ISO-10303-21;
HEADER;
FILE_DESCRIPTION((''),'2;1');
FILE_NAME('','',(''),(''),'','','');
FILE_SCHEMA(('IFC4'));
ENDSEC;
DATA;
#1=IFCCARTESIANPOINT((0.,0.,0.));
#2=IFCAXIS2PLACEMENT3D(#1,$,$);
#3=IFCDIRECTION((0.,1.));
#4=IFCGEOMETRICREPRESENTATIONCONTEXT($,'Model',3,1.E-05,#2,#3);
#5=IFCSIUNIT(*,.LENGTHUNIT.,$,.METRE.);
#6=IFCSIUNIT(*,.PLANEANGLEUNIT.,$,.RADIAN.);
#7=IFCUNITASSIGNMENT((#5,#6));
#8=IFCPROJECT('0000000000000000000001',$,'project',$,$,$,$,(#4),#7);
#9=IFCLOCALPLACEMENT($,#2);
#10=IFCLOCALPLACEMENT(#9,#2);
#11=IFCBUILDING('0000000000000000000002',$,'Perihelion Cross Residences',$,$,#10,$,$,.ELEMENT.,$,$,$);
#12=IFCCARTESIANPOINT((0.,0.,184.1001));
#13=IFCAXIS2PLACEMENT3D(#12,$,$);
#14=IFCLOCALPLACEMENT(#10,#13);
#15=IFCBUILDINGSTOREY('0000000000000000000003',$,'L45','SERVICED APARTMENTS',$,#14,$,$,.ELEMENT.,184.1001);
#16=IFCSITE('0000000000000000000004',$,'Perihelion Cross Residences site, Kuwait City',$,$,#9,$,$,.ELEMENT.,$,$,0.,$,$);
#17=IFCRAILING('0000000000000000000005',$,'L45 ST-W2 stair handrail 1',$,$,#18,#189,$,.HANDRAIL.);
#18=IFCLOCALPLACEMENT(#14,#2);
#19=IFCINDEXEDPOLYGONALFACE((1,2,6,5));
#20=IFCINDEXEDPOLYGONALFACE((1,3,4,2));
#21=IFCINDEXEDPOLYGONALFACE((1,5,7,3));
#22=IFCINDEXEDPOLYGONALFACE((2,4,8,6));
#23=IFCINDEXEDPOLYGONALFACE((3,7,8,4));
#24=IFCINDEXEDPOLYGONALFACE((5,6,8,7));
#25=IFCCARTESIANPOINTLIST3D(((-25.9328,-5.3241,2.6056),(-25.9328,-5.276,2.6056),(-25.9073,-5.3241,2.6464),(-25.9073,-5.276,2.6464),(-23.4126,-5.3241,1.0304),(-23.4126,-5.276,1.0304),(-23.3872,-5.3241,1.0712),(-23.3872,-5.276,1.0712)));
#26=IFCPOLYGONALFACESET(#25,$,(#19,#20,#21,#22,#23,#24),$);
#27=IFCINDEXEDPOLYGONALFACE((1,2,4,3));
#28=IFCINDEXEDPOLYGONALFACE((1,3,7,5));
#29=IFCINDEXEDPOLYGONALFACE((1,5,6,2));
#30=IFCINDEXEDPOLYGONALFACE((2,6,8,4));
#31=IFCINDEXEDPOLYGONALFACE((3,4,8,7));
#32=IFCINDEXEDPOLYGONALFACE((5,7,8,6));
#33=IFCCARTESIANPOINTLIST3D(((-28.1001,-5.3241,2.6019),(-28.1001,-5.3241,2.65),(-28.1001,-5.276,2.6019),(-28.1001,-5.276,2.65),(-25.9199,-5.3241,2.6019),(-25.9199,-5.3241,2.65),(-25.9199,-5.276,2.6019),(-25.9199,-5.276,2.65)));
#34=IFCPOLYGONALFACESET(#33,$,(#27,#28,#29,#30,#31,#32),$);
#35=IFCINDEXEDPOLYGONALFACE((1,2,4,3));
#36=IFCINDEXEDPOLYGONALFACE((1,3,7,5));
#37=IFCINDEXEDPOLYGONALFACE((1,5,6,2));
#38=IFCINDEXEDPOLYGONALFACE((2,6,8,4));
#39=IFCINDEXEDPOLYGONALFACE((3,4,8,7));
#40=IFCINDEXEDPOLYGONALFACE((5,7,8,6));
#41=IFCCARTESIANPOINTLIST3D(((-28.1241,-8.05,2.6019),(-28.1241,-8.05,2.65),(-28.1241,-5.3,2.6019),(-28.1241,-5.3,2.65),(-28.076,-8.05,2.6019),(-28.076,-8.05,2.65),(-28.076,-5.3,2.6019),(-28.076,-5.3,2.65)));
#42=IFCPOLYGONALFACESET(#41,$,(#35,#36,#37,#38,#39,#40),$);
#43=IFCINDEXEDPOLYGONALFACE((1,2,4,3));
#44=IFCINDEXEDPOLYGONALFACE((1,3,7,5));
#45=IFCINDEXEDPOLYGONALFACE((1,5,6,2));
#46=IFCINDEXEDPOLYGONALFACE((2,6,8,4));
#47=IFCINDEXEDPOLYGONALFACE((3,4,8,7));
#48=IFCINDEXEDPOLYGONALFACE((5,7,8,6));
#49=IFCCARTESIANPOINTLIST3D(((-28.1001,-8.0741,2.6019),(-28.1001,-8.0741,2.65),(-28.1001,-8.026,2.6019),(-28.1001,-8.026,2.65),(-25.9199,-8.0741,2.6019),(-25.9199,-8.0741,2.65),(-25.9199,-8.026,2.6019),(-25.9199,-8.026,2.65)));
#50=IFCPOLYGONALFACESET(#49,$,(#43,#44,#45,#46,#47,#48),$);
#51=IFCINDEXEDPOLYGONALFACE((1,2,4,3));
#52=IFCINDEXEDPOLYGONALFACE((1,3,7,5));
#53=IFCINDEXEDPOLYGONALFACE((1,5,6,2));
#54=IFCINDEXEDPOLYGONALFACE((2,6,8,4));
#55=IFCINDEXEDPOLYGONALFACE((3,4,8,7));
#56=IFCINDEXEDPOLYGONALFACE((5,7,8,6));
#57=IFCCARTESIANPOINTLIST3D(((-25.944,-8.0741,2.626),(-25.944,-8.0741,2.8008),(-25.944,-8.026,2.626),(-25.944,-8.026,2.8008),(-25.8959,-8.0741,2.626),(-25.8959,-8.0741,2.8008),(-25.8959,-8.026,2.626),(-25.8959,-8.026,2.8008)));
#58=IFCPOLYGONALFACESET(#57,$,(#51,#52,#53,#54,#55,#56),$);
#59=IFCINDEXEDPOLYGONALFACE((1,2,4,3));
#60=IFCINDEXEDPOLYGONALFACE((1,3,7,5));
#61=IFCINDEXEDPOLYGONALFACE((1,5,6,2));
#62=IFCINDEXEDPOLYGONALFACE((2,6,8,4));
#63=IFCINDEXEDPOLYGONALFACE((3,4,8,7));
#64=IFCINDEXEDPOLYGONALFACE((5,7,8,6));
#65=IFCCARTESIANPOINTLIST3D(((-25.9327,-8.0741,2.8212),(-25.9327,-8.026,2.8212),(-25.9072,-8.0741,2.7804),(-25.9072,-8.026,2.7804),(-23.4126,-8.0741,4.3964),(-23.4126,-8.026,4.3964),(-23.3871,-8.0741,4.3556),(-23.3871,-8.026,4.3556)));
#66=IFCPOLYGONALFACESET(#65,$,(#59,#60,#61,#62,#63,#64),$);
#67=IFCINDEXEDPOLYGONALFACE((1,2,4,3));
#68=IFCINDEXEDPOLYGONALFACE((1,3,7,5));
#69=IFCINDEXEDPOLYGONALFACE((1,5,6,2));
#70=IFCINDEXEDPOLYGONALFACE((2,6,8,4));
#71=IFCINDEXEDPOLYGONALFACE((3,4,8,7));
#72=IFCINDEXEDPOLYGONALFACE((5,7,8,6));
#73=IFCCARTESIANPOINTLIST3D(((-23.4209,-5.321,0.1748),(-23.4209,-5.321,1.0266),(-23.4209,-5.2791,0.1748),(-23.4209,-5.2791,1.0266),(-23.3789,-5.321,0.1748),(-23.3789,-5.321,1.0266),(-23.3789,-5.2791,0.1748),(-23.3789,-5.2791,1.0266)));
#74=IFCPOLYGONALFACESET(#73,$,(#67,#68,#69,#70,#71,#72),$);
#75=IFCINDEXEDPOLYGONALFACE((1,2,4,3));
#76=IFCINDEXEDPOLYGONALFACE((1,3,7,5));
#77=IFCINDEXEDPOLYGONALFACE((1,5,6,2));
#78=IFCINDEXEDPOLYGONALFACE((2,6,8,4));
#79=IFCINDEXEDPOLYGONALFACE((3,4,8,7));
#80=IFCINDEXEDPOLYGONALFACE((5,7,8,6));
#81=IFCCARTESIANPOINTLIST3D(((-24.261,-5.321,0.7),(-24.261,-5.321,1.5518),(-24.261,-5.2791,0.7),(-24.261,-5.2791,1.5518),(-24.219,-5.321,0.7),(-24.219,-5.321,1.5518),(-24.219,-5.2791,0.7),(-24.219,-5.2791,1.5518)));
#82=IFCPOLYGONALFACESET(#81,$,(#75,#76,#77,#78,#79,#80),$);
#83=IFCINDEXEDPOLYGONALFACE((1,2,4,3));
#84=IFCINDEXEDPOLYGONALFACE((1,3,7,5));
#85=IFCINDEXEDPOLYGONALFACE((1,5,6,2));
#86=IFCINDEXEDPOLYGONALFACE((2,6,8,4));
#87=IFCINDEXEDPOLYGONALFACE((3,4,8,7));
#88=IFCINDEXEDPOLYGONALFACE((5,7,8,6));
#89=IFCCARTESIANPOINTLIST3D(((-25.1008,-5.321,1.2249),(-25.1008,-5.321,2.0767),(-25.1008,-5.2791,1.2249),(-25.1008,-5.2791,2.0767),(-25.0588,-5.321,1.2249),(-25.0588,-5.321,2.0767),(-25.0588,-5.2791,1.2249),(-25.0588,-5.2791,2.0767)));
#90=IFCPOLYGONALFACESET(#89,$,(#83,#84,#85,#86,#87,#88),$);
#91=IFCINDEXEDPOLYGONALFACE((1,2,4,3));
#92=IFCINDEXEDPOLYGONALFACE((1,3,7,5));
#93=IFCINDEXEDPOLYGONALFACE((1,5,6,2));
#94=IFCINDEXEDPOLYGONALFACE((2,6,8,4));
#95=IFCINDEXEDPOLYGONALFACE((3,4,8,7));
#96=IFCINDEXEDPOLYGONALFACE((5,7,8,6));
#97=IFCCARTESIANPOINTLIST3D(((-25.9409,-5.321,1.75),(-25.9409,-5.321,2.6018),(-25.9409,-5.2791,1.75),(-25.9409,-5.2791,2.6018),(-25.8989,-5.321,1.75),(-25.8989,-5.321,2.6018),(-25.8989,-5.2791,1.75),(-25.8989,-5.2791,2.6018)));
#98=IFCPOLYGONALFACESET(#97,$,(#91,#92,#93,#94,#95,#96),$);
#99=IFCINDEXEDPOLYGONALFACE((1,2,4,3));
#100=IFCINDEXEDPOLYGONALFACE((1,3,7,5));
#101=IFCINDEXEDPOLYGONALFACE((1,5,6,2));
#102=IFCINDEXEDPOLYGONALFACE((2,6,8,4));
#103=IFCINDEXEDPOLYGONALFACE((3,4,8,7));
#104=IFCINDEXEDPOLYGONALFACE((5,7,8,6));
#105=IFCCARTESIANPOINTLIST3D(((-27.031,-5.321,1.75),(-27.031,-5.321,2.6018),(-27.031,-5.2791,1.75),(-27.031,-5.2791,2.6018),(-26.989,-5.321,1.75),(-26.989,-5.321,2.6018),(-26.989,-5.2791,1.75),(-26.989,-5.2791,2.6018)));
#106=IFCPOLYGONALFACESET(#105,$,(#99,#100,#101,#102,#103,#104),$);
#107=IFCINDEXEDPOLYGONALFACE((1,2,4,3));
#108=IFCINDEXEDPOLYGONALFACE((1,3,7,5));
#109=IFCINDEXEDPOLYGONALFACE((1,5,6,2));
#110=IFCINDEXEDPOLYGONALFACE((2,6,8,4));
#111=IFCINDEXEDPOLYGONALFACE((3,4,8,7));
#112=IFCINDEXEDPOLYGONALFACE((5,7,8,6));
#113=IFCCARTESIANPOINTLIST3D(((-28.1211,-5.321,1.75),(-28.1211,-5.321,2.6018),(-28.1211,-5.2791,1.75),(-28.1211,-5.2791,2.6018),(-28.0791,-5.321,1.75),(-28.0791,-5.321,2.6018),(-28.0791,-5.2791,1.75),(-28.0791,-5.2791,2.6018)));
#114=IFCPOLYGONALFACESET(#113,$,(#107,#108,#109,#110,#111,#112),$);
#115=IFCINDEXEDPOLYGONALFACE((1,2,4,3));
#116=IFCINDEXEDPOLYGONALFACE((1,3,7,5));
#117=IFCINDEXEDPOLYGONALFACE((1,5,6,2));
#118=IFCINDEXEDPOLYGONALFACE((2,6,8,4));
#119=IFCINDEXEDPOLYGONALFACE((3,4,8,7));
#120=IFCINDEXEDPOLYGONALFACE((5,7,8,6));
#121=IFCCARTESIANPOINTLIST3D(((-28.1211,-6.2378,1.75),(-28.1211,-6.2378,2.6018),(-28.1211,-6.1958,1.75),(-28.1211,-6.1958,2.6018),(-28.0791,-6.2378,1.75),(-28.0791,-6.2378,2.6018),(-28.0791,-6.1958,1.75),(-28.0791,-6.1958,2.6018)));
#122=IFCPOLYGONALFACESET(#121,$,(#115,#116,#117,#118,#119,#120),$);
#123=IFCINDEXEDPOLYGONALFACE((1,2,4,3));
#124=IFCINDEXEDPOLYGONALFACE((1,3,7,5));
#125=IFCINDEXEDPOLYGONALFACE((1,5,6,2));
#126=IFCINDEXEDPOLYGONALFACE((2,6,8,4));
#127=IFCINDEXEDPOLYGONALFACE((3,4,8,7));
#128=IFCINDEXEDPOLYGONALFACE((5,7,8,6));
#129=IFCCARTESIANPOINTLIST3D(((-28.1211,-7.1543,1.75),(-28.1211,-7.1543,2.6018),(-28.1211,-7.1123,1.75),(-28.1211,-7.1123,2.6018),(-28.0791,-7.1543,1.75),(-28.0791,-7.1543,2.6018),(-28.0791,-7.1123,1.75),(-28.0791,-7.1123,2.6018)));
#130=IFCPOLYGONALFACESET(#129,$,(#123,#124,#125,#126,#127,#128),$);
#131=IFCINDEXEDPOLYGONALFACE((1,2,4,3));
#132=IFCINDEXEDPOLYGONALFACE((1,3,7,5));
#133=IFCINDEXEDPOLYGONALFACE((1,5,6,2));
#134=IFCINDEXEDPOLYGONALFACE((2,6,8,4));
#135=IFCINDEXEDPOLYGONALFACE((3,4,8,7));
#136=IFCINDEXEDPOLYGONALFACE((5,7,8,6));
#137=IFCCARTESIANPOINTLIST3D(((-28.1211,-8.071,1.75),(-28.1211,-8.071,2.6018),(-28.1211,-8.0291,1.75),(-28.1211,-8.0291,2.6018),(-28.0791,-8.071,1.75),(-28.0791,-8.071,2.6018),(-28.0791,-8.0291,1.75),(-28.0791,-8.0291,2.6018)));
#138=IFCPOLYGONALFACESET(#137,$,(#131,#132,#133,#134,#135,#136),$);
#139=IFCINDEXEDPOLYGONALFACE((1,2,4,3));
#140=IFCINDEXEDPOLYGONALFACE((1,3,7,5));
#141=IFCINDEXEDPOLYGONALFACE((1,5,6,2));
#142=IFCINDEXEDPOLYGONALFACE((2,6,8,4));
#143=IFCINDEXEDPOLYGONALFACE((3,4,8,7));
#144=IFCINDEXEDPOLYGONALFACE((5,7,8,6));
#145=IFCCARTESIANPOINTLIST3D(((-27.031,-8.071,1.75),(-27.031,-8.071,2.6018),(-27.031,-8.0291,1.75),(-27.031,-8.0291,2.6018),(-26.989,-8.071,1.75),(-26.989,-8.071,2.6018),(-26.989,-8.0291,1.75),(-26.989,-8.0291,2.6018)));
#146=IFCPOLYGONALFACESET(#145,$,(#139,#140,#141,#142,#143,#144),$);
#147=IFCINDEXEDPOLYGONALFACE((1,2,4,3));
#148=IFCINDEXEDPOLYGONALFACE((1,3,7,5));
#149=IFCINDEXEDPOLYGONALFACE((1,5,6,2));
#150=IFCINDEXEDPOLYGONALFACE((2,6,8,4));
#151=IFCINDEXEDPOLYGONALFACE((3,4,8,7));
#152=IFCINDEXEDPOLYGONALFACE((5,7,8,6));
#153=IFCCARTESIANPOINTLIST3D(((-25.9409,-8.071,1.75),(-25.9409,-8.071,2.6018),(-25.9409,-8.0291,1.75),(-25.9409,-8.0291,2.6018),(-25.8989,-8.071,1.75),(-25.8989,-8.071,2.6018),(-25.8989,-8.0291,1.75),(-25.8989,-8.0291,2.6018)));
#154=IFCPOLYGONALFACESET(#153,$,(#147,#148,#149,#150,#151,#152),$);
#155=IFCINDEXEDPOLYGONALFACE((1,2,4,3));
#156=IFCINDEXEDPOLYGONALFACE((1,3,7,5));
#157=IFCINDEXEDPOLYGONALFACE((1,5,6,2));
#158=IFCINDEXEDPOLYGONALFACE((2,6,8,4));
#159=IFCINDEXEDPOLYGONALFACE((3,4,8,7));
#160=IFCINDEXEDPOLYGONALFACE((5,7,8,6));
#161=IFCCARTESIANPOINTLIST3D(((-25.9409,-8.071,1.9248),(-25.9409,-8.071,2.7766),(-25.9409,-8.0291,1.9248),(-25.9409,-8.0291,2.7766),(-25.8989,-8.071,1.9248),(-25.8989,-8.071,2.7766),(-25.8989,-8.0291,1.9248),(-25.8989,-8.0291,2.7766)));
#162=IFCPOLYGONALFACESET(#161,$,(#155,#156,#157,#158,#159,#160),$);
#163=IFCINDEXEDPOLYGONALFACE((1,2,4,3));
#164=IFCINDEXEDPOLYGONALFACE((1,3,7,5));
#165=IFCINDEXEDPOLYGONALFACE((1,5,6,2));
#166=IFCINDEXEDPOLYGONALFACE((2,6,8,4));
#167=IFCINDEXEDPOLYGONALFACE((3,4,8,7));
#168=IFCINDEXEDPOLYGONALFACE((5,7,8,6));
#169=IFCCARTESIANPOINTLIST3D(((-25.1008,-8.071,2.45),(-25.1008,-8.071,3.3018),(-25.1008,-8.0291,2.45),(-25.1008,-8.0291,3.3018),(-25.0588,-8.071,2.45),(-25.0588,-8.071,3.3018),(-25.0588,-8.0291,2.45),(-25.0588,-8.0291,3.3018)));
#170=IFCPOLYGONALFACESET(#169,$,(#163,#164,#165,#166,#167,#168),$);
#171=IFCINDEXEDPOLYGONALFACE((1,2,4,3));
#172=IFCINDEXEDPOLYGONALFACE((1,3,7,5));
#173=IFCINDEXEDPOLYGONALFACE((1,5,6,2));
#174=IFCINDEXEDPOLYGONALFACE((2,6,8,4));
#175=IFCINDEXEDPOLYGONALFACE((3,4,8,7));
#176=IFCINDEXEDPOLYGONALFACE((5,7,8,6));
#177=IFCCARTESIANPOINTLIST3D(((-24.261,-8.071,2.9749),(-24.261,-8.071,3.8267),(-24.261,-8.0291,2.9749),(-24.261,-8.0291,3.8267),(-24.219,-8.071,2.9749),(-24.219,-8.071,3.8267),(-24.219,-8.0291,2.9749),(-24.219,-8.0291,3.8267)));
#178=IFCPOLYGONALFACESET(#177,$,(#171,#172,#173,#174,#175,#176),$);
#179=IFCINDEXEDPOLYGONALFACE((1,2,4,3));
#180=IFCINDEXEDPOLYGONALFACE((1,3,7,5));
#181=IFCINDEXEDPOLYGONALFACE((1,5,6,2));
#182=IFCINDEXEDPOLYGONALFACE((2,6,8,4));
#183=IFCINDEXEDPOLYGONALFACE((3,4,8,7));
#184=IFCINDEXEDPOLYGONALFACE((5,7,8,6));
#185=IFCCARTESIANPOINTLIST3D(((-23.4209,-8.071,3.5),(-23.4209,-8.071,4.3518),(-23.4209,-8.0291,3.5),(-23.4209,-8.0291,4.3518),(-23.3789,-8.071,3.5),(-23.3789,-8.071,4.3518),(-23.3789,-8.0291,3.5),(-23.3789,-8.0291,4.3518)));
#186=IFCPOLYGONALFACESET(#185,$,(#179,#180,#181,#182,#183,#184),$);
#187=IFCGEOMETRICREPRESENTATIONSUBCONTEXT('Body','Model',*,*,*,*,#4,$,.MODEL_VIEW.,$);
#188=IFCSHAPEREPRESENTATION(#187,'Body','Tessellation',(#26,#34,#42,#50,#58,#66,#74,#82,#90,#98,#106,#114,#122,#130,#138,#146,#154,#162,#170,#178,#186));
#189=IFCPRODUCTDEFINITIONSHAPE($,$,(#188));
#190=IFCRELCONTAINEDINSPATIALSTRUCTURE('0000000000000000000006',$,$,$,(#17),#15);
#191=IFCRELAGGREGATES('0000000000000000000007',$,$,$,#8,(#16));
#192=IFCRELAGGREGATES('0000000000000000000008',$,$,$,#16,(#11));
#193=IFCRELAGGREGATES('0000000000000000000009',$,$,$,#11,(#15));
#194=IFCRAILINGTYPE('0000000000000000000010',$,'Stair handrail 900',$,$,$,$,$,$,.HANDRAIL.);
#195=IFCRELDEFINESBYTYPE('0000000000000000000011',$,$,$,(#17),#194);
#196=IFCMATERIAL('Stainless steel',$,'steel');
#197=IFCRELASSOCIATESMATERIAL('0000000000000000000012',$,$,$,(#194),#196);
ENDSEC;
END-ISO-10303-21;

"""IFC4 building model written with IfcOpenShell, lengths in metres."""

from ifc_helpers import new_model, si_unit, direction, frame, origin, origin_2d, place, context, subcontext, project, spatial, rectangle, extrude, material, type_object, element, save


model = new_model("IFC4")

# Units and contexts
model_context = context("Model", 3, precision=1e-05, world=origin(), true_north=direction((0.0, 1.0)))
body_context = subcontext(model_context, "Body", "Model", "MODEL_VIEW")
ifc_project = project(units=[si_unit("LENGTHUNIT", "METRE"), si_unit("PLANEANGLEUNIT", "RADIAN")], contexts=[model_context])

# Site, building, storey
site_placement = place(None, origin())
site = spatial("IfcSite", under=ifc_project, at=site_placement, Name="Perihelion Cross Residences site, Kuwait City", CompositionType="ELEMENT", RefElevation=0.0)
building_placement = place(site_placement, origin())
building = spatial("IfcBuilding", under=site, at=building_placement, Name="Perihelion Cross Residences", CompositionType="ELEMENT")
storey_placement = place(building_placement, frame((0.0, 0.0, 184.1001)))
storey = spatial("IfcBuildingStorey", under=building, at=storey_placement, Name="L45", Description="SERVICED APARTMENTS", CompositionType="ELEMENT", Elevation=184.1001)

# Railing
ifc_material_1 = material(Name="Stainless steel", Category="steel")
railing_type_1 = type_object("IfcRailingType", Name="Stair handrail 900", PredefinedType="HANDRAIL", material=ifc_material_1)
railing_1_placement = place(storey_placement, frame((-23.3999, -5.3, 0.1748)))
element("IfcRailing", 1, at=railing_1_placement, inside=storey, type_object=railing_type_1, Name="L45 ST-W2 stair handrail 1", PredefinedType="HANDRAIL", context=body_context, shape_type="SweptSolid", body=[
    extrude(rectangle(XDim=0.0481, YDim=0.0481, at=origin_2d()), frame((0.0, 0.0, 0.876), z_axis=(-0.847971, 0.0, 0.530043), x_axis=(0.0, -1.0, 0.0)), (0.0, 0.0, 1.0), 2.9719),
    extrude(rectangle(XDim=0.0481, YDim=0.0481, at=origin_2d()), frame((-2.52, 0.0, 2.4512), z_axis=(-1.0, 0.0, 0.0), x_axis=(0.0, -1.0, 0.0)), (0.0, 0.0, 1.0), 2.1802),
    extrude(rectangle(XDim=0.0481, YDim=0.0481, at=origin_2d()), frame((-4.7002, 0.0, 2.4512), z_axis=(0.0, -1.0, 0.0), x_axis=(1.0, 0.0, 0.0)), (0.0, 0.0, 1.0), 2.75),
    extrude(rectangle(XDim=0.0481, YDim=0.0481, at=origin_2d()), frame((-4.7002, -2.75, 2.4512), z_axis=(1.0, 0.0, 0.0), x_axis=(0.0, 1.0, 0.0)), (0.0, 0.0, 1.0), 2.1802),
    extrude(rectangle(XDim=0.0481, YDim=0.0481, at=origin_2d()), frame((-2.52, -2.75, 2.4512), z_axis=(0.0, 0.0, 1.0), x_axis=(1.0, 0.0, 0.0)), (0.0, 0.0, 1.0), 0.1748),
    extrude(rectangle(XDim=0.0481, YDim=0.0481, at=origin_2d()), frame((-2.52, -2.75, 2.626), z_axis=(0.847971, 0.0, 0.530043), x_axis=(0.0, 1.0, 0.0)), (0.0, 0.0, 1.0), 2.9719),
    extrude(rectangle(XDim=0.042, YDim=0.042, at=origin_2d()), origin(), (0.0, 0.0, 1.0), 0.8518),
    extrude(rectangle(XDim=0.042, YDim=0.042, at=origin_2d()), frame((-0.8401, 0.0, 0.5251)), (0.0, 0.0, 1.0), 0.8518),
    extrude(rectangle(XDim=0.042, YDim=0.042, at=origin_2d()), frame((-1.6799, 0.0, 1.05)), (0.0, 0.0, 1.0), 0.8518),
    extrude(rectangle(XDim=0.042, YDim=0.042, at=origin_2d()), frame((-2.52, 0.0, 1.5752)), (0.0, 0.0, 1.0), 0.8518),
    extrude(rectangle(XDim=0.042, YDim=0.042, at=origin_2d()), frame((-3.6101, 0.0, 1.5752)), (0.0, 0.0, 1.0), 0.8518),
    extrude(rectangle(XDim=0.042, YDim=0.042, at=origin_2d()), frame((-4.7002, 0.0, 1.5752)), (0.0, 0.0, 1.0), 0.8518),
    extrude(rectangle(XDim=0.042, YDim=0.042, at=origin_2d()), frame((-4.7002, -0.9167, 1.5752)), (0.0, 0.0, 1.0), 0.8518),
    extrude(rectangle(XDim=0.042, YDim=0.042, at=origin_2d()), frame((-4.7002, -1.8333, 1.5752)), (0.0, 0.0, 1.0), 0.8518),
    extrude(rectangle(XDim=0.042, YDim=0.042, at=origin_2d()), frame((-4.7002, -2.75, 1.5752)), (0.0, 0.0, 1.0), 0.8518),
    extrude(rectangle(XDim=0.042, YDim=0.042, at=origin_2d()), frame((-3.6101, -2.75, 1.5752)), (0.0, 0.0, 1.0), 0.8518),
    extrude(rectangle(XDim=0.042, YDim=0.042, at=origin_2d()), frame((-2.52, -2.75, 1.5752)), (0.0, 0.0, 1.0), 0.8518),
    extrude(rectangle(XDim=0.042, YDim=0.042, at=origin_2d()), frame((-2.52, -2.75, 1.75)), (0.0, 0.0, 1.0), 0.8518),
    extrude(rectangle(XDim=0.042, YDim=0.042, at=origin_2d()), frame((-1.6799, -2.75, 2.2751)), (0.0, 0.0, 1.0), 0.8518),
    extrude(rectangle(XDim=0.042, YDim=0.042, at=origin_2d()), frame((-0.8401, -2.75, 2.8)), (0.0, 0.0, 1.0), 0.8518),
    extrude(rectangle(XDim=0.042, YDim=0.042, at=origin_2d()), frame((0.0, -2.75, 3.3252)), (0.0, 0.0, 1.0), 0.8518),
])

save(model, "model.ifc")
